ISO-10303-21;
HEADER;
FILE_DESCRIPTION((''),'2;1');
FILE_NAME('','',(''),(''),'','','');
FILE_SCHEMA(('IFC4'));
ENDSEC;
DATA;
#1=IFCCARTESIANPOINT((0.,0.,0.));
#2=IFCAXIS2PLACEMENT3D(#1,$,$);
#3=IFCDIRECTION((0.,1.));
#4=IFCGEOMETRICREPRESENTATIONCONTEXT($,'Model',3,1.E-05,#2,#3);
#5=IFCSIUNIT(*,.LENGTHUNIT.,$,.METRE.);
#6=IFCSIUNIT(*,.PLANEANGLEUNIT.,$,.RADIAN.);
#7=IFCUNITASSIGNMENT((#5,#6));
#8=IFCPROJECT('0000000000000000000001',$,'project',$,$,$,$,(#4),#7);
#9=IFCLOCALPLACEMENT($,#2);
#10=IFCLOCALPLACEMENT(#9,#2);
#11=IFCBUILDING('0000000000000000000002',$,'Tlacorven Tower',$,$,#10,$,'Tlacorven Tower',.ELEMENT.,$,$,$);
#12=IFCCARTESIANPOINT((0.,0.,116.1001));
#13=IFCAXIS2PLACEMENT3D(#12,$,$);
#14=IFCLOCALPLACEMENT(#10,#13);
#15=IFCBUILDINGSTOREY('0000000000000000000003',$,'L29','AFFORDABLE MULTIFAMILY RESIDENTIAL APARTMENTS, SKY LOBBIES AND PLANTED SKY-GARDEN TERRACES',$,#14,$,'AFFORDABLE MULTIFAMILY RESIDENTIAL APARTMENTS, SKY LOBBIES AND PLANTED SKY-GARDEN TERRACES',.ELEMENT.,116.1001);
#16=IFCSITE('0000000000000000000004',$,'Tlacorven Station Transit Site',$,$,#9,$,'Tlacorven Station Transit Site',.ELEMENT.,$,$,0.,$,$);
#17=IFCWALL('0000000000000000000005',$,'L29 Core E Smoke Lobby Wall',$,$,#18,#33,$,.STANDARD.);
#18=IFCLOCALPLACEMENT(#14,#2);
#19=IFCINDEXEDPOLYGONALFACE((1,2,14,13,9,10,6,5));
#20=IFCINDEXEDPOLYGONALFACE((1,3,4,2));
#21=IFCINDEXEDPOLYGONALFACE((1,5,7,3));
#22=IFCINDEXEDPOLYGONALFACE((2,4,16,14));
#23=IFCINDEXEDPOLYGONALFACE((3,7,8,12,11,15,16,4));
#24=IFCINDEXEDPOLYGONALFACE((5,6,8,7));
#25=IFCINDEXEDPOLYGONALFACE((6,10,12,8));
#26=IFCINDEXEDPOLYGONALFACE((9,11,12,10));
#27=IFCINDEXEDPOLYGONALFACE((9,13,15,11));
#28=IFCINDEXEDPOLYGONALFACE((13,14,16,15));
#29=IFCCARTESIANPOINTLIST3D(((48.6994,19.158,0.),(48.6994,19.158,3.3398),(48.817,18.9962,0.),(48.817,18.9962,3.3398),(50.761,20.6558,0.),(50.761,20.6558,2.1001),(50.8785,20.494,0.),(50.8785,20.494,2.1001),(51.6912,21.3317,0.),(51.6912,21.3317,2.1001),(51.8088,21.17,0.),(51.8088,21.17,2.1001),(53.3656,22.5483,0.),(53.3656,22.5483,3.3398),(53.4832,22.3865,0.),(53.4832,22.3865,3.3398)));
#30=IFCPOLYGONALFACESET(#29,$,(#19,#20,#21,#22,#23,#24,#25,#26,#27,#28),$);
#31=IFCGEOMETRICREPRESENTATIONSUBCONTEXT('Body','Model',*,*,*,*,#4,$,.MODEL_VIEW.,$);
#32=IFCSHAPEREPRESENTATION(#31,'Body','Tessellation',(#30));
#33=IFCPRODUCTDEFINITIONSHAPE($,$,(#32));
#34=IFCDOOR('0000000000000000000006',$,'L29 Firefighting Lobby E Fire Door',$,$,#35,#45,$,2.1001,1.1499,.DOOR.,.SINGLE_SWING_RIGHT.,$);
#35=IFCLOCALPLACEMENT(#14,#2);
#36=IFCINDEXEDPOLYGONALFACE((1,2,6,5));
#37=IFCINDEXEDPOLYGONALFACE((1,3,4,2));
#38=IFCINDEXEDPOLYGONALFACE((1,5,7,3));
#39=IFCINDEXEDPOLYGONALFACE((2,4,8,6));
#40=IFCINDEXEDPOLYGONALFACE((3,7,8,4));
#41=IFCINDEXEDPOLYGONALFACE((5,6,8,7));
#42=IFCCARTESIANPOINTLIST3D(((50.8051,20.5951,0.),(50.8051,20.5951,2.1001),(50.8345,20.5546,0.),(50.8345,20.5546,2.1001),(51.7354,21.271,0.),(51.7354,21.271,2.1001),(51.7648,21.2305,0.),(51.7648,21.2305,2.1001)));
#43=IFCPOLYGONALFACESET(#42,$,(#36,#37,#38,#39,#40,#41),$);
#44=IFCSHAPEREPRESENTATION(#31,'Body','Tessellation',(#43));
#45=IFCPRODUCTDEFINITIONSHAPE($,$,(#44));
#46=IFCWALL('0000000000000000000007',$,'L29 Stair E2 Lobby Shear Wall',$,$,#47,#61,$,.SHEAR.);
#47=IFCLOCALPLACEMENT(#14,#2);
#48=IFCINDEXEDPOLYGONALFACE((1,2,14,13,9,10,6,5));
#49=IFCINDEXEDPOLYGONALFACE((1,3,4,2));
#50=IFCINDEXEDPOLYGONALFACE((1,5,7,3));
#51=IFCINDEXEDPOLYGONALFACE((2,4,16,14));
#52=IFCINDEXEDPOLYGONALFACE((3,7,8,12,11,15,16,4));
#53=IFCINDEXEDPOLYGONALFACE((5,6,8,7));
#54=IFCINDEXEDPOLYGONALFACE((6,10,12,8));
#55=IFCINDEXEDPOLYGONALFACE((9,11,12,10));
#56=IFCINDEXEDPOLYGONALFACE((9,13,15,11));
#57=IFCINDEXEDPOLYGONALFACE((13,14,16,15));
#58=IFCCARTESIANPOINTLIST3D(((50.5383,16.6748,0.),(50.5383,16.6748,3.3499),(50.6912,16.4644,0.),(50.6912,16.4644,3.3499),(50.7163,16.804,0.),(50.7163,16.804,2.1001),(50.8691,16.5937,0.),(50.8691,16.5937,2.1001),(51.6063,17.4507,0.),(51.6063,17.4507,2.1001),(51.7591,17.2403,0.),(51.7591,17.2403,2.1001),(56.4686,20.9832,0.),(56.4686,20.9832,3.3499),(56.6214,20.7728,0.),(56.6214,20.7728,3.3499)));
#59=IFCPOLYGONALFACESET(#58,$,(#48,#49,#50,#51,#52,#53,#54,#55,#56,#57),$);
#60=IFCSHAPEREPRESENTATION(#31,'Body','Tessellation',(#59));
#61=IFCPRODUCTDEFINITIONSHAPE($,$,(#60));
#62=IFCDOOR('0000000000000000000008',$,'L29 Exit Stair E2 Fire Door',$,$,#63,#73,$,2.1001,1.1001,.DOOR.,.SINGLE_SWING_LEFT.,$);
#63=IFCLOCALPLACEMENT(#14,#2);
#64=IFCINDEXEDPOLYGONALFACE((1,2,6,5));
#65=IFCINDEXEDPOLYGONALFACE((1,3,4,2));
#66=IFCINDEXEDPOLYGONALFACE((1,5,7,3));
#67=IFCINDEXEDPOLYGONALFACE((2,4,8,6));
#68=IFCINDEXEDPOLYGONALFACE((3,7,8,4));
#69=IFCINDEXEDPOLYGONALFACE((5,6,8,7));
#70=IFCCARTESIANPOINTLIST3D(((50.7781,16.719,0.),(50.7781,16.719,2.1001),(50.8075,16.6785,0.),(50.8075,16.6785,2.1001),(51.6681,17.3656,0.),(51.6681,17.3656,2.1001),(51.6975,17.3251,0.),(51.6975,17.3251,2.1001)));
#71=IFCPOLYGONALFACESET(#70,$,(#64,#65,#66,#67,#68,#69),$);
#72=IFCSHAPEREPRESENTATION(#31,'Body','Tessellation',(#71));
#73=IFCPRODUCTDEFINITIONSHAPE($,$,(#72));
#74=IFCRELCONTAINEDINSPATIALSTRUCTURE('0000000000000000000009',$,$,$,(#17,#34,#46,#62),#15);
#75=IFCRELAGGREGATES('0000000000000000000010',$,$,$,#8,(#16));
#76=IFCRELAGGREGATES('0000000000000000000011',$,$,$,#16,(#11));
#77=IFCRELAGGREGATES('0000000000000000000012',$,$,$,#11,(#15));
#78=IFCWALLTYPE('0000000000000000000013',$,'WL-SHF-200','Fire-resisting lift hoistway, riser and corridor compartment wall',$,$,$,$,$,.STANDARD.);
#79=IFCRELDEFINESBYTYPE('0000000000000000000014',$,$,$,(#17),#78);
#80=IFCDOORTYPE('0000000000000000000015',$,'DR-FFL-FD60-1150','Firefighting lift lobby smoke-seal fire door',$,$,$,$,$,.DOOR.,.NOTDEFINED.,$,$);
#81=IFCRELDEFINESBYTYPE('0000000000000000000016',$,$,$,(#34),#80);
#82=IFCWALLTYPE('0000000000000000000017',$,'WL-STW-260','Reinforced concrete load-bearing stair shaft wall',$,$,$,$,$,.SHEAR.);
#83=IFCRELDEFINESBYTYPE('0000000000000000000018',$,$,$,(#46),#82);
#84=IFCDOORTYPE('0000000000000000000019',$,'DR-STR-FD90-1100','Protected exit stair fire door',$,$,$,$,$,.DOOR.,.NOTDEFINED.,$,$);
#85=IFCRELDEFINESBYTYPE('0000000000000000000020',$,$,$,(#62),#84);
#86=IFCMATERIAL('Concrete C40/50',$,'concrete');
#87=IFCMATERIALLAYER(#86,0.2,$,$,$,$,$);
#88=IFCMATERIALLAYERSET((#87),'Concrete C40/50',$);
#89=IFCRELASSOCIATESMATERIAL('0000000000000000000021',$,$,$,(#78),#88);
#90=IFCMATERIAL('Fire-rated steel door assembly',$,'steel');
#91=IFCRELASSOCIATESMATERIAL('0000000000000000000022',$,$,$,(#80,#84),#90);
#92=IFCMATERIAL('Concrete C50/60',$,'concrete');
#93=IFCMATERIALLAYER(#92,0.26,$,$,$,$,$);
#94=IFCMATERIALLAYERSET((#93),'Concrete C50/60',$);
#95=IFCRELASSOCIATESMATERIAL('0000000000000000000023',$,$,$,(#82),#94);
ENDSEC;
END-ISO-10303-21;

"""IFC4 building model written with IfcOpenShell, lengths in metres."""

from ifc_helpers import new_model, si_unit, direction, frame, frame_2d, origin, place, context, subcontext, project, spatial, rectangle, extrude, source, transform, mapped, material, layer, layer_set, type_object, element, fill, save


model = new_model("IFC4")

# Units and contexts
model_context = context("Model", 3, precision=1e-05, world=origin(), true_north=direction((0.0, 1.0)))
body_context = subcontext(model_context, "Body", "Model", "MODEL_VIEW")
ifc_project = project(units=[si_unit("LENGTHUNIT", "METRE"), si_unit("PLANEANGLEUNIT", "RADIAN")], contexts=[model_context])

# Site, building, storey
site_placement = place(None, origin())
site = spatial("IfcSite", under=ifc_project, at=site_placement, Name="Tlacorven Station Transit Site", LongName="Tlacorven Station Transit Site", CompositionType="ELEMENT", RefElevation=0.0)
building_placement = place(site_placement, origin())
building = spatial("IfcBuilding", under=site, at=building_placement, Name="Tlacorven Tower", LongName="Tlacorven Tower", CompositionType="ELEMENT")
storey_placement = place(building_placement, frame((0.0, 0.0, 116.1001)))
storey = spatial("IfcBuildingStorey", under=building, at=storey_placement, Name="L29", Description="AFFORDABLE MULTIFAMILY RESIDENTIAL APARTMENTS, SKY LOBBIES AND PLANTED SKY-GARDEN TERRACES", LongName="AFFORDABLE MULTIFAMILY RESIDENTIAL APARTMENTS, SKY LOBBIES AND PLANTED SKY-GARDEN TERRACES", CompositionType="ELEMENT", Elevation=116.1001)

# Walls, openings, doors
ifc_material_1 = material(Name="Concrete C40/50", Category="concrete")
ifc_layer_1 = layer(ifc_material_1, 0.2)
ifc_layer_set_1 = layer_set([ifc_layer_1], Name="Concrete C40/50")
wall_type_1 = type_object("IfcWallType", Name="WL-SHF-200", Description="Fire-resisting lift hoistway, riser and corridor compartment wall", PredefinedType="STANDARD", material=ifc_layer_set_1)
ifc_material_2 = material(Name="Fire-rated steel door assembly", Category="steel")
wall_1_placement = place(storey_placement, frame((48.7583, 19.0771, 0.0), z_axis=(0.0, 0.0, 1.0), x_axis=(0.809005, 0.587802, 0.0)))
wall_1 = element("IfcWall", 1, at=wall_1_placement, inside=storey, type_object=wall_type_1, Name="L29 Core E Smoke Lobby Wall", PredefinedType="STANDARD", context=body_context, shape_type="SweptSolid", body=[
    extrude(rectangle(XDim=5.7678, YDim=0.2, at=frame_2d((2.8838, 0.0))), origin(), (0.0, 0.0, 1.0), 3.3398),
])
opening_1_placement = place(wall_1_placement, frame((2.5481, 0.0, 0.0)))
opening_1 = element("IfcOpeningElement", 2, at=opening_1_placement, cuts=wall_1, PredefinedType="OPENING", context=body_context, shape_type="SweptSolid", body=[
    extrude(rectangle(XDim=1.1499, YDim=2.1001, at=frame_2d((0.575, 1.05))), frame((0.0, 0.1099, 0.0), z_axis=(0.0, -1.0, 0.0), x_axis=(1.0, 0.0, 0.0)), (0.0, 0.0, 1.0), 0.22),
])
door_type_1 = type_object("IfcDoorType", Name="DR-FFL-FD60-1150", Description="Firefighting lift lobby smoke-seal fire door", OperationType="NOTDEFINED", PredefinedType="DOOR", material=ifc_material_2)
shared_shape_1 = source(origin(), body_context, "Body", "SweptSolid", [
    extrude(rectangle(XDim=1.1499, YDim=2.1001, at=frame_2d((0.575, 1.05))), frame((0.0, 0.0249, 0.0), z_axis=(0.0, -1.0, 0.0), x_axis=(1.0, 0.0, 0.0)), (0.0, 0.0, 1.0), 0.05),
])
door_1_placement = place(opening_1_placement, origin())
door_1 = element("IfcDoor", 3, at=door_1_placement, inside=storey, type_object=door_type_1, Name="L29 Firefighting Lobby E Fire Door", OperationType="SINGLE_SWING_RIGHT", OverallHeight=2.1001, OverallWidth=1.1499, PredefinedType="DOOR", context=body_context, shape_type="MappedRepresentation", body=[
    mapped(shared_shape_1, transform((0.0, 0.0, 0.0), scale=1.0)),
])
fill(opening_1, door_1)
ifc_material_3 = material(Name="Concrete C50/60", Category="concrete")
ifc_layer_2 = layer(ifc_material_3, 0.26)
ifc_layer_set_2 = layer_set([ifc_layer_2], Name="Concrete C50/60")
wall_type_2 = type_object("IfcWallType", Name="WL-STW-260", Description="Reinforced concrete load-bearing stair shaft wall", PredefinedType="SHEAR", material=ifc_layer_set_2)
wall_2_placement = place(storey_placement, frame((50.6147, 16.5696, 0.0), z_axis=(0.0, 0.0, 1.0), x_axis=(0.809028, 0.58777, 0.0)))
wall_2 = element("IfcWall", 4, at=wall_2_placement, inside=storey, type_object=wall_type_2, Name="L29 Stair E2 Lobby Shear Wall", PredefinedType="SHEAR", context=body_context, shape_type="SweptSolid", body=[
    extrude(rectangle(XDim=7.3301, YDim=0.26, at=frame_2d((3.665, 0.0))), origin(), (0.0, 0.0, 1.0), 3.3499),
])
opening_2_placement = place(wall_2_placement, frame((0.22, 0.0, 0.0)))
opening_2 = element("IfcOpeningElement", 5, at=opening_2_placement, cuts=wall_2, PredefinedType="OPENING", context=body_context, shape_type="SweptSolid", body=[
    extrude(rectangle(XDim=1.1001, YDim=2.1001, at=frame_2d((0.55, 1.05))), frame((0.0, 0.1401, 0.0), z_axis=(0.0, -1.0, 0.0), x_axis=(1.0, 0.0, 0.0)), (0.0, 0.0, 1.0), 0.28),
])
door_type_2 = type_object("IfcDoorType", Name="DR-STR-FD90-1100", Description="Protected exit stair fire door", OperationType="NOTDEFINED", PredefinedType="DOOR", material=ifc_material_2)
shared_shape_2 = source(origin(), body_context, "Body", "SweptSolid", [
    extrude(rectangle(XDim=1.1001, YDim=2.1001, at=frame_2d((0.55, 1.05))), frame((0.0, 0.0249, 0.0), z_axis=(0.0, -1.0, 0.0), x_axis=(1.0, 0.0, 0.0)), (0.0, 0.0, 1.0), 0.05),
])
door_2_placement = place(opening_2_placement, origin())
door_2 = element("IfcDoor", 6, at=door_2_placement, inside=storey, type_object=door_type_2, Name="L29 Exit Stair E2 Fire Door", OperationType="SINGLE_SWING_LEFT", OverallHeight=2.1001, OverallWidth=1.1001, PredefinedType="DOOR", context=body_context, shape_type="MappedRepresentation", body=[
    mapped(shared_shape_2, transform((0.0, 0.0, 0.0), scale=1.0)),
])
fill(opening_2, door_2)

save(model, "model.ifc")
